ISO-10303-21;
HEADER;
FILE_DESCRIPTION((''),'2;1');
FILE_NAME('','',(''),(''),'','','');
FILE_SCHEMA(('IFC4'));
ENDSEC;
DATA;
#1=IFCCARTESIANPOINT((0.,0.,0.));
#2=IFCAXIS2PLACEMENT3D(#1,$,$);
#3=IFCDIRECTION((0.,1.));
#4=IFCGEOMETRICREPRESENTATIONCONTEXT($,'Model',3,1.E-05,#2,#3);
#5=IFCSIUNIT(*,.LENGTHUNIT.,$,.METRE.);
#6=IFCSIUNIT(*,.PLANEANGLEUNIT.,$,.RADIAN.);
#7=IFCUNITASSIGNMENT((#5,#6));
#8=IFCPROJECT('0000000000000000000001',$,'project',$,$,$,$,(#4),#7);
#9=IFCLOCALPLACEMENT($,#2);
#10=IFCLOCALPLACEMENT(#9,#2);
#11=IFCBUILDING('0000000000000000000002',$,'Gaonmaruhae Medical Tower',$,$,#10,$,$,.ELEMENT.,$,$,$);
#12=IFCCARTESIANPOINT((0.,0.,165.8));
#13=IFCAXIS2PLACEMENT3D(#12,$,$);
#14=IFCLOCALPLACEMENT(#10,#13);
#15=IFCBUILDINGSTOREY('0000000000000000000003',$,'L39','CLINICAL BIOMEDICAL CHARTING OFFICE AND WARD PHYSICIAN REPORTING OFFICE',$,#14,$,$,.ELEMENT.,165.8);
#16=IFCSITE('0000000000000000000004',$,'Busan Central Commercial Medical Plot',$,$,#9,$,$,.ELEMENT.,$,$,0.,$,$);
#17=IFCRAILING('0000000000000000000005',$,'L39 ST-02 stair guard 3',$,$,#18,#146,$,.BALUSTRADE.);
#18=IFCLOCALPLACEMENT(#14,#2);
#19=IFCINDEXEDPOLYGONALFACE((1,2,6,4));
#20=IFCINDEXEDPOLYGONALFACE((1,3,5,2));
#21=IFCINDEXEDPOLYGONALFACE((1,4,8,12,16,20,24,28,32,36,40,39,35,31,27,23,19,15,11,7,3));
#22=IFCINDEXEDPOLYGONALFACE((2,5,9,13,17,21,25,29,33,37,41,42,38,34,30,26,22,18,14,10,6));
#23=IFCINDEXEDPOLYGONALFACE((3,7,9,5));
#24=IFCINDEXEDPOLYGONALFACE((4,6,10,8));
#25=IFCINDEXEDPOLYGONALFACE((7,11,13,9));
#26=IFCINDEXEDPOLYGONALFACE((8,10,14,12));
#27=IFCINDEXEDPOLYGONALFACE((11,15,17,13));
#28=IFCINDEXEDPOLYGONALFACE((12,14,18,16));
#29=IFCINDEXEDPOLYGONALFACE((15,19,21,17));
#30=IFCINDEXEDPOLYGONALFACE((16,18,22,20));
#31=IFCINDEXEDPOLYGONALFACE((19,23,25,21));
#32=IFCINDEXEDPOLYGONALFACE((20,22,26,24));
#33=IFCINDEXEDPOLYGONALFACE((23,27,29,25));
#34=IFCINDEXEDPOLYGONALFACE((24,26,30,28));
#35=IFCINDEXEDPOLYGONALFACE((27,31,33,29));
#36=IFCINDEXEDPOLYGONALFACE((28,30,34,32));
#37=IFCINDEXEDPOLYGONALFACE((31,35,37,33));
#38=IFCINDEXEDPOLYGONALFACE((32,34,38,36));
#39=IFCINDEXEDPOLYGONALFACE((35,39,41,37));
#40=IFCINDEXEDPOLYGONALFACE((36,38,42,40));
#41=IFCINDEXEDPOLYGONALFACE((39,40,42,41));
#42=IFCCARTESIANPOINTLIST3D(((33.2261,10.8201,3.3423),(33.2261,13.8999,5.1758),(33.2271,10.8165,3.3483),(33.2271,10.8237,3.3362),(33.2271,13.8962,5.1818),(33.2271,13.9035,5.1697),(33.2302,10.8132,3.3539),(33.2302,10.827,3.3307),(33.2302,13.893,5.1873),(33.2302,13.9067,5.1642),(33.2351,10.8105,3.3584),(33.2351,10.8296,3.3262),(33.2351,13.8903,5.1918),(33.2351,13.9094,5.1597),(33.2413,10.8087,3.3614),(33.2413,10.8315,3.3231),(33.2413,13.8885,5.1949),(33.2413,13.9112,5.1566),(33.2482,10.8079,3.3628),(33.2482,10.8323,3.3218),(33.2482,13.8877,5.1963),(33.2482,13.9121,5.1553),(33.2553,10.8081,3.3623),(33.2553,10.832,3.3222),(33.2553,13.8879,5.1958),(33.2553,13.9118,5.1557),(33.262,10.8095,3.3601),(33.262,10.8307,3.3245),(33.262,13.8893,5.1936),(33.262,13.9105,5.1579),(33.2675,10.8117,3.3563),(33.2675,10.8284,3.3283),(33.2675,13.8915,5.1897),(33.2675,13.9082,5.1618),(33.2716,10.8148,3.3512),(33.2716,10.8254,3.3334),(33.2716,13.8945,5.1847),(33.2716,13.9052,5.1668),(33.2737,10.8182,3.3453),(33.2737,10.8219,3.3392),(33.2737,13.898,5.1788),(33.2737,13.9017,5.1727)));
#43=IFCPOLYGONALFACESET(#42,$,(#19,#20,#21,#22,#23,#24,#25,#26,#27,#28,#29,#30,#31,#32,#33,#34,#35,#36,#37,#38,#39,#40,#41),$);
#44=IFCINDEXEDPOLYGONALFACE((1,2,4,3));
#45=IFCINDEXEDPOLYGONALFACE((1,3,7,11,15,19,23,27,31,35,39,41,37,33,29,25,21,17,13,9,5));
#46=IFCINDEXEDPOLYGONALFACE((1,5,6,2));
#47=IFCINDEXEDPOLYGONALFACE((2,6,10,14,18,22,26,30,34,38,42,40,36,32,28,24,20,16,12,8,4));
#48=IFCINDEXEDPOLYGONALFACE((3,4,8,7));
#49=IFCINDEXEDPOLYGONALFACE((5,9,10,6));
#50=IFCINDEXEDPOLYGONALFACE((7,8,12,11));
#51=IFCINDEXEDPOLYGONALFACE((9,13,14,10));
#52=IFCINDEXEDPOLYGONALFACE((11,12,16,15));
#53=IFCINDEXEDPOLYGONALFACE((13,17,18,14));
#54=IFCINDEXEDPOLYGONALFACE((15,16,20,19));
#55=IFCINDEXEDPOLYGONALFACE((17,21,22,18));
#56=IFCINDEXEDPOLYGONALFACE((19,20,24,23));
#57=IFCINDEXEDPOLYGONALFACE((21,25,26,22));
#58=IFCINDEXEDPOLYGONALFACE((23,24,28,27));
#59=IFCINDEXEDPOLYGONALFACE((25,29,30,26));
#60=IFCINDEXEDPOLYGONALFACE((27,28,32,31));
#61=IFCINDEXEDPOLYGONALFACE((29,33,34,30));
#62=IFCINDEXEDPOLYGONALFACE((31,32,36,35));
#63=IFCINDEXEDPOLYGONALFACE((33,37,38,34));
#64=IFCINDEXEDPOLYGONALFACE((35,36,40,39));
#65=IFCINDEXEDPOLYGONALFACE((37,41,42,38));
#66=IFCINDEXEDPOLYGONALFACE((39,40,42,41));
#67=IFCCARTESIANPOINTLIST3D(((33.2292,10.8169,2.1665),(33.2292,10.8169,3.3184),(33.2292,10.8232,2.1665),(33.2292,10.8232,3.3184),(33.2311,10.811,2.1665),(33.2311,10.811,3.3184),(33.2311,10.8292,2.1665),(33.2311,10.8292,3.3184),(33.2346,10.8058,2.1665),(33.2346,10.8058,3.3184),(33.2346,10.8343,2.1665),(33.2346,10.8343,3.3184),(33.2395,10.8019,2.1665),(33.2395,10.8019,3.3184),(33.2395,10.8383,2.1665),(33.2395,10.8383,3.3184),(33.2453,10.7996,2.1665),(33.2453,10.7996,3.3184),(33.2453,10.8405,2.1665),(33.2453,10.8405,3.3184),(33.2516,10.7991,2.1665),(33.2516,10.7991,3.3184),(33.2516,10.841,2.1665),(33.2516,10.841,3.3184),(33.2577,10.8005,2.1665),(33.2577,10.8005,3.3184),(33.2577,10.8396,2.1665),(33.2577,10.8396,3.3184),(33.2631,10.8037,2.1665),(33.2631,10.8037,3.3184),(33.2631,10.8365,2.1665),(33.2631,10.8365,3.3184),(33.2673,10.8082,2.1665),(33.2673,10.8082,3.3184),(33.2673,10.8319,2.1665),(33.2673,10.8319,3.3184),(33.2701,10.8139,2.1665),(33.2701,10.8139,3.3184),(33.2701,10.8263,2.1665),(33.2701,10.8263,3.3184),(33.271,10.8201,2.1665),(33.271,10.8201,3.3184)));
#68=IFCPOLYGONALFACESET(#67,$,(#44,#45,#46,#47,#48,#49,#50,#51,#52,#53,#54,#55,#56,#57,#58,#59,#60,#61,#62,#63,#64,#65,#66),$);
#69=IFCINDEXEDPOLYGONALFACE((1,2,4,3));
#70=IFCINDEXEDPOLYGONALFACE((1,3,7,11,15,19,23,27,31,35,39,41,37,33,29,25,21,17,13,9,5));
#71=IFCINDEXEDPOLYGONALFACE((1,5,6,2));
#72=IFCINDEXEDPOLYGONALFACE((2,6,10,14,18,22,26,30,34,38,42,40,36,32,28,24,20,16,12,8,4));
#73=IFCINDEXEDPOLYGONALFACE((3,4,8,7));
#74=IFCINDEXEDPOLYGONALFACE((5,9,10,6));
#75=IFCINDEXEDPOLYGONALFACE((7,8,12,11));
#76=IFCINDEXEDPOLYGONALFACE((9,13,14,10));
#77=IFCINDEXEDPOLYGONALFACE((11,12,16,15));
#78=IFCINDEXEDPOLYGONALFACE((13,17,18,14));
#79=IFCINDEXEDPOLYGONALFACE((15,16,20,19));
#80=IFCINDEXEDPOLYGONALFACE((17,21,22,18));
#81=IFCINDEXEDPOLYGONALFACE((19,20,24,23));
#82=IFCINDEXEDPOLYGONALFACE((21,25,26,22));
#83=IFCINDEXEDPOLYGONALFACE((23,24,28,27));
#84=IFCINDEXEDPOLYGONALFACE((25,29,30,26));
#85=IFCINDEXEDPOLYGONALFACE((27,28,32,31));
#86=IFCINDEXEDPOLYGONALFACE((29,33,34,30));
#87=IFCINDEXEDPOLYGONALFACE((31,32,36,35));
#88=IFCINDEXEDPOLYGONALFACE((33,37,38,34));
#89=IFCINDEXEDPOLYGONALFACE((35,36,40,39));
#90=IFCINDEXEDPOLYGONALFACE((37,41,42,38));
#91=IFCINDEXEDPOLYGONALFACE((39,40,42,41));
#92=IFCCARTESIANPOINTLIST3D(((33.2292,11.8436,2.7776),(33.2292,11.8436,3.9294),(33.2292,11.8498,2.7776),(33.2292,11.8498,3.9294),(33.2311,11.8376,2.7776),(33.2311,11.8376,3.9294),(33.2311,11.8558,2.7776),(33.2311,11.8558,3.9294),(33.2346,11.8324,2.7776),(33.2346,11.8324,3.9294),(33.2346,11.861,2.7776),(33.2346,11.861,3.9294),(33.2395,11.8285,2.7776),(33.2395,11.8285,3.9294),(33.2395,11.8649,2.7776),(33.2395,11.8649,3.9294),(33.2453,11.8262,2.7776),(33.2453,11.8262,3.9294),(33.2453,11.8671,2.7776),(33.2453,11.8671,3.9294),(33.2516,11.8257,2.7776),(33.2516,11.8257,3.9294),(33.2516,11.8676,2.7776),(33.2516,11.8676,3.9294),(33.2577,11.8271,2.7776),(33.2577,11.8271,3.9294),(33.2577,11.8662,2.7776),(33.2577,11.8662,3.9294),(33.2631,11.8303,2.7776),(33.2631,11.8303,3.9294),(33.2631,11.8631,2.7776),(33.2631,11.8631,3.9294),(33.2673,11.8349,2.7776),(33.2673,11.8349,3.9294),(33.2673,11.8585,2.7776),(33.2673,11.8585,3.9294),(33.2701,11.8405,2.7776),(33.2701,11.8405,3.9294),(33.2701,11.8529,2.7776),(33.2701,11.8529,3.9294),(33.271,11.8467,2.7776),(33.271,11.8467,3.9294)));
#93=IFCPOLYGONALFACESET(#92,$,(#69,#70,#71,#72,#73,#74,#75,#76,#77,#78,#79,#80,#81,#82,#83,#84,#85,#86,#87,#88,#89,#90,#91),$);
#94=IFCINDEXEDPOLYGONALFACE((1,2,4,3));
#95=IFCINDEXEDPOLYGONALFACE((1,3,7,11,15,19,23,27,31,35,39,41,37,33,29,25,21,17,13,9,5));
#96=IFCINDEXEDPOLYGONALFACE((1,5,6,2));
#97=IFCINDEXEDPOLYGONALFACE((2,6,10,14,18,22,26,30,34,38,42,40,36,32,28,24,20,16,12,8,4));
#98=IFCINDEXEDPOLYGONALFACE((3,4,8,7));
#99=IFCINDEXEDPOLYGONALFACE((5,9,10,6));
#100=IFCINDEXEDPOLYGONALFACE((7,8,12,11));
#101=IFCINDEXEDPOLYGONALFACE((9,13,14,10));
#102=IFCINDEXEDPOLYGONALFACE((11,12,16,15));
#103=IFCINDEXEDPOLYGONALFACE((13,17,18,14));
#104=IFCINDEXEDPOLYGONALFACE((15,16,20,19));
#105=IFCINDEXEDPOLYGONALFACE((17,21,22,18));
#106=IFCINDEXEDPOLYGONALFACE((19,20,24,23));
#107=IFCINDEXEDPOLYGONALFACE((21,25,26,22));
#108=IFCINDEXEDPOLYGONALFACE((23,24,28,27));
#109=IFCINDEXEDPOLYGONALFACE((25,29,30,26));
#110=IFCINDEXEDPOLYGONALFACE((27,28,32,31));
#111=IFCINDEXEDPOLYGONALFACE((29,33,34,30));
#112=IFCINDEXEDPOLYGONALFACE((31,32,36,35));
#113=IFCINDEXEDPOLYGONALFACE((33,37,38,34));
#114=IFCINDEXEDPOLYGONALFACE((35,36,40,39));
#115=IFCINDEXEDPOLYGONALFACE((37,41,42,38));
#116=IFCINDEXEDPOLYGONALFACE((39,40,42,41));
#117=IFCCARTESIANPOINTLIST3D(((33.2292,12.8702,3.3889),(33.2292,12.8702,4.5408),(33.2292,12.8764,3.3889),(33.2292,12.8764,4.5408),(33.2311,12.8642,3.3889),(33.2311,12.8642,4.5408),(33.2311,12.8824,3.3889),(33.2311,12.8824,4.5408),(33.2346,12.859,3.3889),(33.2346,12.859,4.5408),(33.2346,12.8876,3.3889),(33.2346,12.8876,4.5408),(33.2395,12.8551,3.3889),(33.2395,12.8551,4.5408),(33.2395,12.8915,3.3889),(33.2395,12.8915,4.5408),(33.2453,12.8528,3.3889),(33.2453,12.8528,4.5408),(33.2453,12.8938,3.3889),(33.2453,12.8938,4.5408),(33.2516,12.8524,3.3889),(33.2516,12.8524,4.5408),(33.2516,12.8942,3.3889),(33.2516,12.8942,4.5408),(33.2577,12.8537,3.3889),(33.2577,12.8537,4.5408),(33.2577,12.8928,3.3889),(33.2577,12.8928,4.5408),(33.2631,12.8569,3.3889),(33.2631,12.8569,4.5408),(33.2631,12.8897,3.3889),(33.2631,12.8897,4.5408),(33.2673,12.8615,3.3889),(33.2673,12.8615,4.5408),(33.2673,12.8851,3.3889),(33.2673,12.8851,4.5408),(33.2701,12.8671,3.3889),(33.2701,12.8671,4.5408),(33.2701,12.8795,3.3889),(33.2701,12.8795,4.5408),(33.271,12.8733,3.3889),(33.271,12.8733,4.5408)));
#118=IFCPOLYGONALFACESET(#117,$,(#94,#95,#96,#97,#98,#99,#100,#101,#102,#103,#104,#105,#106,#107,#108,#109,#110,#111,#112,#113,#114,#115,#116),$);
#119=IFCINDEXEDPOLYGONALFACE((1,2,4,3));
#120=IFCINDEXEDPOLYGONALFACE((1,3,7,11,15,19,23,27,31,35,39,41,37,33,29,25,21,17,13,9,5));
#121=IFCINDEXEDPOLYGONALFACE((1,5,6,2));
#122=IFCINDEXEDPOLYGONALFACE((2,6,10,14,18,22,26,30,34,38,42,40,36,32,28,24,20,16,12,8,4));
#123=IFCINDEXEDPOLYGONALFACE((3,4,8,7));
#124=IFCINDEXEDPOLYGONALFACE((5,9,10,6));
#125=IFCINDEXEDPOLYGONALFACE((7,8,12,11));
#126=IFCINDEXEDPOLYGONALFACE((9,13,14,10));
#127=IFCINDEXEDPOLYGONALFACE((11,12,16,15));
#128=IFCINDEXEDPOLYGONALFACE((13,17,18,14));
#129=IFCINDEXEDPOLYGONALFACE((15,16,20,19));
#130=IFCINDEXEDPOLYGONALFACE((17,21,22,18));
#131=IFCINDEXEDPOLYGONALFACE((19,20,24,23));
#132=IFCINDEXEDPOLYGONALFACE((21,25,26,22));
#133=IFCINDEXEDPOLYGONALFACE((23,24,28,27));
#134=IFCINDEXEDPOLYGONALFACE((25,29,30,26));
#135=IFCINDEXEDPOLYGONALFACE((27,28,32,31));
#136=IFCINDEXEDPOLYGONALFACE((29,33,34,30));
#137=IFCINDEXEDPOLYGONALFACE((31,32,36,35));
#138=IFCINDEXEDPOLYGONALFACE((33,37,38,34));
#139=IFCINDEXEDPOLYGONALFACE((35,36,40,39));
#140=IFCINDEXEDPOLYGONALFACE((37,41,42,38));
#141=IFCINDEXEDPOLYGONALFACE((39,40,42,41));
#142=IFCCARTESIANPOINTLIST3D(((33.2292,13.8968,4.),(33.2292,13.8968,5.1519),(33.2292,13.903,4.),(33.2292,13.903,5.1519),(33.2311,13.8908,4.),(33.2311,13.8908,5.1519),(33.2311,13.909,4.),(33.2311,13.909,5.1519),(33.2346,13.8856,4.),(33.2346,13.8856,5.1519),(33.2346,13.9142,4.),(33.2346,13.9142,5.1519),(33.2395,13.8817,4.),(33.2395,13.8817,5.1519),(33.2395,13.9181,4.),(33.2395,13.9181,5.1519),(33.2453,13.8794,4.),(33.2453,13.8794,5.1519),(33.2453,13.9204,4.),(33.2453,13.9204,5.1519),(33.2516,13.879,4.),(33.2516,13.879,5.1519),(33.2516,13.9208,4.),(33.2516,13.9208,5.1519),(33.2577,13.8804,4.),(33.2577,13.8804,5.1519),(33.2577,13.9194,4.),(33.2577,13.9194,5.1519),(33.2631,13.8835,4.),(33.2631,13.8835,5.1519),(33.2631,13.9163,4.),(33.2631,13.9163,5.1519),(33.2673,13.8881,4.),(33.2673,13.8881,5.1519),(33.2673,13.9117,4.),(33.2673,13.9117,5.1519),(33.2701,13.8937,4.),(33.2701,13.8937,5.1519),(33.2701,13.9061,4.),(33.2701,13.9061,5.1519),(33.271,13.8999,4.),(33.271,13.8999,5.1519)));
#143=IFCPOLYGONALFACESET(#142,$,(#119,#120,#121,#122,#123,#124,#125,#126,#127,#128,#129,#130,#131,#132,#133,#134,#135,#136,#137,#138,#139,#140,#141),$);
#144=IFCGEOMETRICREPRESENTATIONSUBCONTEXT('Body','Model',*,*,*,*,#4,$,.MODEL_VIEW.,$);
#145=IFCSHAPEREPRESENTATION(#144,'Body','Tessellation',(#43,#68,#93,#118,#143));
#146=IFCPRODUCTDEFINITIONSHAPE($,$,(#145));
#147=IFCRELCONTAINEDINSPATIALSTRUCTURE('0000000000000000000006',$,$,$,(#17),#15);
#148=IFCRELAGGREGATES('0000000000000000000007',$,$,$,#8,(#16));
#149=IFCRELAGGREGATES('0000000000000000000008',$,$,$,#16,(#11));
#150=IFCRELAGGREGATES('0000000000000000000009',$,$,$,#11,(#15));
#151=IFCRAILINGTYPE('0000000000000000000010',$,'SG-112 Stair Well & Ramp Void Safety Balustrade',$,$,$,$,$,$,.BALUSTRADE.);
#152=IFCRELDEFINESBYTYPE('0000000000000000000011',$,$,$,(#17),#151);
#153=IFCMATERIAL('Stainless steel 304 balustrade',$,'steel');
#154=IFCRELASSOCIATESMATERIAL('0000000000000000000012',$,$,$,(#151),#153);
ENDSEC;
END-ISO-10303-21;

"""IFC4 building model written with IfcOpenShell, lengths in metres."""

from ifc_helpers import new_model, si_unit, direction, frame, origin, origin_2d, place, context, subcontext, project, spatial, circle, extrude, material, type_object, element, save


model = new_model("IFC4")

# Units and contexts
model_context = context("Model", 3, precision=1e-05, world=origin(), true_north=direction((0.0, 1.0)))
body_context = subcontext(model_context, "Body", "Model", "MODEL_VIEW")
ifc_project = project(units=[si_unit("LENGTHUNIT", "METRE"), si_unit("PLANEANGLEUNIT", "RADIAN")], contexts=[model_context])

# Site, building, storey
site_placement = place(None, origin())
site = spatial("IfcSite", under=ifc_project, at=site_placement, Name="Busan Central Commercial Medical Plot", CompositionType="ELEMENT", RefElevation=0.0)
building_placement = place(site_placement, origin())
building = spatial("IfcBuilding", under=site, at=building_placement, Name="Gaonmaruhae Medical Tower", CompositionType="ELEMENT")
storey_placement = place(building_placement, frame((0.0, 0.0, 165.8)))
storey = spatial("IfcBuildingStorey", under=building, at=storey_placement, Name="L39", Description="CLINICAL BIOMEDICAL CHARTING OFFICE AND WARD PHYSICIAN REPORTING OFFICE", CompositionType="ELEMENT", Elevation=165.8)

# Railing
ifc_material_1 = material(Name="Stainless steel 304 balustrade", Category="steel")
railing_type_1 = type_object("IfcRailingType", Name="SG-112 Stair Well & Ramp Void Safety Balustrade", PredefinedType="BALUSTRADE", material=ifc_material_1)
railing_1_placement = place(storey_placement, frame((33.25, 10.8201, 2.1665)))
element("IfcRailing", 1, at=railing_1_placement, inside=storey, type_object=railing_type_1, Name="L39 ST-02 stair guard 3", PredefinedType="BALUSTRADE", context=body_context, shape_type="SweptSolid", body=[
    extrude(circle(Radius=0.0239, at=origin_2d()), frame((0.0, 0.0, 1.1758), z_axis=(0.0, 0.859261, 0.511538), x_axis=(-1.0, 0.0, 0.0)), (0.0, 0.0, 1.0), 3.5842),
    extrude(circle(Radius=0.021, at=origin_2d()), origin(), (0.0, 0.0, 1.0), 1.1519),
    extrude(circle(Radius=0.021, at=origin_2d()), frame((0.0, 1.0266, 0.6111)), (0.0, 0.0, 1.0), 1.1519),
    extrude(circle(Radius=0.021, at=origin_2d()), frame((0.0, 2.0532, 1.2224)), (0.0, 0.0, 1.0), 1.1519),
    extrude(circle(Radius=0.021, at=origin_2d()), frame((0.0, 3.0798, 1.8335)), (0.0, 0.0, 1.0), 1.1519),
])

save(model, "model.ifc")
